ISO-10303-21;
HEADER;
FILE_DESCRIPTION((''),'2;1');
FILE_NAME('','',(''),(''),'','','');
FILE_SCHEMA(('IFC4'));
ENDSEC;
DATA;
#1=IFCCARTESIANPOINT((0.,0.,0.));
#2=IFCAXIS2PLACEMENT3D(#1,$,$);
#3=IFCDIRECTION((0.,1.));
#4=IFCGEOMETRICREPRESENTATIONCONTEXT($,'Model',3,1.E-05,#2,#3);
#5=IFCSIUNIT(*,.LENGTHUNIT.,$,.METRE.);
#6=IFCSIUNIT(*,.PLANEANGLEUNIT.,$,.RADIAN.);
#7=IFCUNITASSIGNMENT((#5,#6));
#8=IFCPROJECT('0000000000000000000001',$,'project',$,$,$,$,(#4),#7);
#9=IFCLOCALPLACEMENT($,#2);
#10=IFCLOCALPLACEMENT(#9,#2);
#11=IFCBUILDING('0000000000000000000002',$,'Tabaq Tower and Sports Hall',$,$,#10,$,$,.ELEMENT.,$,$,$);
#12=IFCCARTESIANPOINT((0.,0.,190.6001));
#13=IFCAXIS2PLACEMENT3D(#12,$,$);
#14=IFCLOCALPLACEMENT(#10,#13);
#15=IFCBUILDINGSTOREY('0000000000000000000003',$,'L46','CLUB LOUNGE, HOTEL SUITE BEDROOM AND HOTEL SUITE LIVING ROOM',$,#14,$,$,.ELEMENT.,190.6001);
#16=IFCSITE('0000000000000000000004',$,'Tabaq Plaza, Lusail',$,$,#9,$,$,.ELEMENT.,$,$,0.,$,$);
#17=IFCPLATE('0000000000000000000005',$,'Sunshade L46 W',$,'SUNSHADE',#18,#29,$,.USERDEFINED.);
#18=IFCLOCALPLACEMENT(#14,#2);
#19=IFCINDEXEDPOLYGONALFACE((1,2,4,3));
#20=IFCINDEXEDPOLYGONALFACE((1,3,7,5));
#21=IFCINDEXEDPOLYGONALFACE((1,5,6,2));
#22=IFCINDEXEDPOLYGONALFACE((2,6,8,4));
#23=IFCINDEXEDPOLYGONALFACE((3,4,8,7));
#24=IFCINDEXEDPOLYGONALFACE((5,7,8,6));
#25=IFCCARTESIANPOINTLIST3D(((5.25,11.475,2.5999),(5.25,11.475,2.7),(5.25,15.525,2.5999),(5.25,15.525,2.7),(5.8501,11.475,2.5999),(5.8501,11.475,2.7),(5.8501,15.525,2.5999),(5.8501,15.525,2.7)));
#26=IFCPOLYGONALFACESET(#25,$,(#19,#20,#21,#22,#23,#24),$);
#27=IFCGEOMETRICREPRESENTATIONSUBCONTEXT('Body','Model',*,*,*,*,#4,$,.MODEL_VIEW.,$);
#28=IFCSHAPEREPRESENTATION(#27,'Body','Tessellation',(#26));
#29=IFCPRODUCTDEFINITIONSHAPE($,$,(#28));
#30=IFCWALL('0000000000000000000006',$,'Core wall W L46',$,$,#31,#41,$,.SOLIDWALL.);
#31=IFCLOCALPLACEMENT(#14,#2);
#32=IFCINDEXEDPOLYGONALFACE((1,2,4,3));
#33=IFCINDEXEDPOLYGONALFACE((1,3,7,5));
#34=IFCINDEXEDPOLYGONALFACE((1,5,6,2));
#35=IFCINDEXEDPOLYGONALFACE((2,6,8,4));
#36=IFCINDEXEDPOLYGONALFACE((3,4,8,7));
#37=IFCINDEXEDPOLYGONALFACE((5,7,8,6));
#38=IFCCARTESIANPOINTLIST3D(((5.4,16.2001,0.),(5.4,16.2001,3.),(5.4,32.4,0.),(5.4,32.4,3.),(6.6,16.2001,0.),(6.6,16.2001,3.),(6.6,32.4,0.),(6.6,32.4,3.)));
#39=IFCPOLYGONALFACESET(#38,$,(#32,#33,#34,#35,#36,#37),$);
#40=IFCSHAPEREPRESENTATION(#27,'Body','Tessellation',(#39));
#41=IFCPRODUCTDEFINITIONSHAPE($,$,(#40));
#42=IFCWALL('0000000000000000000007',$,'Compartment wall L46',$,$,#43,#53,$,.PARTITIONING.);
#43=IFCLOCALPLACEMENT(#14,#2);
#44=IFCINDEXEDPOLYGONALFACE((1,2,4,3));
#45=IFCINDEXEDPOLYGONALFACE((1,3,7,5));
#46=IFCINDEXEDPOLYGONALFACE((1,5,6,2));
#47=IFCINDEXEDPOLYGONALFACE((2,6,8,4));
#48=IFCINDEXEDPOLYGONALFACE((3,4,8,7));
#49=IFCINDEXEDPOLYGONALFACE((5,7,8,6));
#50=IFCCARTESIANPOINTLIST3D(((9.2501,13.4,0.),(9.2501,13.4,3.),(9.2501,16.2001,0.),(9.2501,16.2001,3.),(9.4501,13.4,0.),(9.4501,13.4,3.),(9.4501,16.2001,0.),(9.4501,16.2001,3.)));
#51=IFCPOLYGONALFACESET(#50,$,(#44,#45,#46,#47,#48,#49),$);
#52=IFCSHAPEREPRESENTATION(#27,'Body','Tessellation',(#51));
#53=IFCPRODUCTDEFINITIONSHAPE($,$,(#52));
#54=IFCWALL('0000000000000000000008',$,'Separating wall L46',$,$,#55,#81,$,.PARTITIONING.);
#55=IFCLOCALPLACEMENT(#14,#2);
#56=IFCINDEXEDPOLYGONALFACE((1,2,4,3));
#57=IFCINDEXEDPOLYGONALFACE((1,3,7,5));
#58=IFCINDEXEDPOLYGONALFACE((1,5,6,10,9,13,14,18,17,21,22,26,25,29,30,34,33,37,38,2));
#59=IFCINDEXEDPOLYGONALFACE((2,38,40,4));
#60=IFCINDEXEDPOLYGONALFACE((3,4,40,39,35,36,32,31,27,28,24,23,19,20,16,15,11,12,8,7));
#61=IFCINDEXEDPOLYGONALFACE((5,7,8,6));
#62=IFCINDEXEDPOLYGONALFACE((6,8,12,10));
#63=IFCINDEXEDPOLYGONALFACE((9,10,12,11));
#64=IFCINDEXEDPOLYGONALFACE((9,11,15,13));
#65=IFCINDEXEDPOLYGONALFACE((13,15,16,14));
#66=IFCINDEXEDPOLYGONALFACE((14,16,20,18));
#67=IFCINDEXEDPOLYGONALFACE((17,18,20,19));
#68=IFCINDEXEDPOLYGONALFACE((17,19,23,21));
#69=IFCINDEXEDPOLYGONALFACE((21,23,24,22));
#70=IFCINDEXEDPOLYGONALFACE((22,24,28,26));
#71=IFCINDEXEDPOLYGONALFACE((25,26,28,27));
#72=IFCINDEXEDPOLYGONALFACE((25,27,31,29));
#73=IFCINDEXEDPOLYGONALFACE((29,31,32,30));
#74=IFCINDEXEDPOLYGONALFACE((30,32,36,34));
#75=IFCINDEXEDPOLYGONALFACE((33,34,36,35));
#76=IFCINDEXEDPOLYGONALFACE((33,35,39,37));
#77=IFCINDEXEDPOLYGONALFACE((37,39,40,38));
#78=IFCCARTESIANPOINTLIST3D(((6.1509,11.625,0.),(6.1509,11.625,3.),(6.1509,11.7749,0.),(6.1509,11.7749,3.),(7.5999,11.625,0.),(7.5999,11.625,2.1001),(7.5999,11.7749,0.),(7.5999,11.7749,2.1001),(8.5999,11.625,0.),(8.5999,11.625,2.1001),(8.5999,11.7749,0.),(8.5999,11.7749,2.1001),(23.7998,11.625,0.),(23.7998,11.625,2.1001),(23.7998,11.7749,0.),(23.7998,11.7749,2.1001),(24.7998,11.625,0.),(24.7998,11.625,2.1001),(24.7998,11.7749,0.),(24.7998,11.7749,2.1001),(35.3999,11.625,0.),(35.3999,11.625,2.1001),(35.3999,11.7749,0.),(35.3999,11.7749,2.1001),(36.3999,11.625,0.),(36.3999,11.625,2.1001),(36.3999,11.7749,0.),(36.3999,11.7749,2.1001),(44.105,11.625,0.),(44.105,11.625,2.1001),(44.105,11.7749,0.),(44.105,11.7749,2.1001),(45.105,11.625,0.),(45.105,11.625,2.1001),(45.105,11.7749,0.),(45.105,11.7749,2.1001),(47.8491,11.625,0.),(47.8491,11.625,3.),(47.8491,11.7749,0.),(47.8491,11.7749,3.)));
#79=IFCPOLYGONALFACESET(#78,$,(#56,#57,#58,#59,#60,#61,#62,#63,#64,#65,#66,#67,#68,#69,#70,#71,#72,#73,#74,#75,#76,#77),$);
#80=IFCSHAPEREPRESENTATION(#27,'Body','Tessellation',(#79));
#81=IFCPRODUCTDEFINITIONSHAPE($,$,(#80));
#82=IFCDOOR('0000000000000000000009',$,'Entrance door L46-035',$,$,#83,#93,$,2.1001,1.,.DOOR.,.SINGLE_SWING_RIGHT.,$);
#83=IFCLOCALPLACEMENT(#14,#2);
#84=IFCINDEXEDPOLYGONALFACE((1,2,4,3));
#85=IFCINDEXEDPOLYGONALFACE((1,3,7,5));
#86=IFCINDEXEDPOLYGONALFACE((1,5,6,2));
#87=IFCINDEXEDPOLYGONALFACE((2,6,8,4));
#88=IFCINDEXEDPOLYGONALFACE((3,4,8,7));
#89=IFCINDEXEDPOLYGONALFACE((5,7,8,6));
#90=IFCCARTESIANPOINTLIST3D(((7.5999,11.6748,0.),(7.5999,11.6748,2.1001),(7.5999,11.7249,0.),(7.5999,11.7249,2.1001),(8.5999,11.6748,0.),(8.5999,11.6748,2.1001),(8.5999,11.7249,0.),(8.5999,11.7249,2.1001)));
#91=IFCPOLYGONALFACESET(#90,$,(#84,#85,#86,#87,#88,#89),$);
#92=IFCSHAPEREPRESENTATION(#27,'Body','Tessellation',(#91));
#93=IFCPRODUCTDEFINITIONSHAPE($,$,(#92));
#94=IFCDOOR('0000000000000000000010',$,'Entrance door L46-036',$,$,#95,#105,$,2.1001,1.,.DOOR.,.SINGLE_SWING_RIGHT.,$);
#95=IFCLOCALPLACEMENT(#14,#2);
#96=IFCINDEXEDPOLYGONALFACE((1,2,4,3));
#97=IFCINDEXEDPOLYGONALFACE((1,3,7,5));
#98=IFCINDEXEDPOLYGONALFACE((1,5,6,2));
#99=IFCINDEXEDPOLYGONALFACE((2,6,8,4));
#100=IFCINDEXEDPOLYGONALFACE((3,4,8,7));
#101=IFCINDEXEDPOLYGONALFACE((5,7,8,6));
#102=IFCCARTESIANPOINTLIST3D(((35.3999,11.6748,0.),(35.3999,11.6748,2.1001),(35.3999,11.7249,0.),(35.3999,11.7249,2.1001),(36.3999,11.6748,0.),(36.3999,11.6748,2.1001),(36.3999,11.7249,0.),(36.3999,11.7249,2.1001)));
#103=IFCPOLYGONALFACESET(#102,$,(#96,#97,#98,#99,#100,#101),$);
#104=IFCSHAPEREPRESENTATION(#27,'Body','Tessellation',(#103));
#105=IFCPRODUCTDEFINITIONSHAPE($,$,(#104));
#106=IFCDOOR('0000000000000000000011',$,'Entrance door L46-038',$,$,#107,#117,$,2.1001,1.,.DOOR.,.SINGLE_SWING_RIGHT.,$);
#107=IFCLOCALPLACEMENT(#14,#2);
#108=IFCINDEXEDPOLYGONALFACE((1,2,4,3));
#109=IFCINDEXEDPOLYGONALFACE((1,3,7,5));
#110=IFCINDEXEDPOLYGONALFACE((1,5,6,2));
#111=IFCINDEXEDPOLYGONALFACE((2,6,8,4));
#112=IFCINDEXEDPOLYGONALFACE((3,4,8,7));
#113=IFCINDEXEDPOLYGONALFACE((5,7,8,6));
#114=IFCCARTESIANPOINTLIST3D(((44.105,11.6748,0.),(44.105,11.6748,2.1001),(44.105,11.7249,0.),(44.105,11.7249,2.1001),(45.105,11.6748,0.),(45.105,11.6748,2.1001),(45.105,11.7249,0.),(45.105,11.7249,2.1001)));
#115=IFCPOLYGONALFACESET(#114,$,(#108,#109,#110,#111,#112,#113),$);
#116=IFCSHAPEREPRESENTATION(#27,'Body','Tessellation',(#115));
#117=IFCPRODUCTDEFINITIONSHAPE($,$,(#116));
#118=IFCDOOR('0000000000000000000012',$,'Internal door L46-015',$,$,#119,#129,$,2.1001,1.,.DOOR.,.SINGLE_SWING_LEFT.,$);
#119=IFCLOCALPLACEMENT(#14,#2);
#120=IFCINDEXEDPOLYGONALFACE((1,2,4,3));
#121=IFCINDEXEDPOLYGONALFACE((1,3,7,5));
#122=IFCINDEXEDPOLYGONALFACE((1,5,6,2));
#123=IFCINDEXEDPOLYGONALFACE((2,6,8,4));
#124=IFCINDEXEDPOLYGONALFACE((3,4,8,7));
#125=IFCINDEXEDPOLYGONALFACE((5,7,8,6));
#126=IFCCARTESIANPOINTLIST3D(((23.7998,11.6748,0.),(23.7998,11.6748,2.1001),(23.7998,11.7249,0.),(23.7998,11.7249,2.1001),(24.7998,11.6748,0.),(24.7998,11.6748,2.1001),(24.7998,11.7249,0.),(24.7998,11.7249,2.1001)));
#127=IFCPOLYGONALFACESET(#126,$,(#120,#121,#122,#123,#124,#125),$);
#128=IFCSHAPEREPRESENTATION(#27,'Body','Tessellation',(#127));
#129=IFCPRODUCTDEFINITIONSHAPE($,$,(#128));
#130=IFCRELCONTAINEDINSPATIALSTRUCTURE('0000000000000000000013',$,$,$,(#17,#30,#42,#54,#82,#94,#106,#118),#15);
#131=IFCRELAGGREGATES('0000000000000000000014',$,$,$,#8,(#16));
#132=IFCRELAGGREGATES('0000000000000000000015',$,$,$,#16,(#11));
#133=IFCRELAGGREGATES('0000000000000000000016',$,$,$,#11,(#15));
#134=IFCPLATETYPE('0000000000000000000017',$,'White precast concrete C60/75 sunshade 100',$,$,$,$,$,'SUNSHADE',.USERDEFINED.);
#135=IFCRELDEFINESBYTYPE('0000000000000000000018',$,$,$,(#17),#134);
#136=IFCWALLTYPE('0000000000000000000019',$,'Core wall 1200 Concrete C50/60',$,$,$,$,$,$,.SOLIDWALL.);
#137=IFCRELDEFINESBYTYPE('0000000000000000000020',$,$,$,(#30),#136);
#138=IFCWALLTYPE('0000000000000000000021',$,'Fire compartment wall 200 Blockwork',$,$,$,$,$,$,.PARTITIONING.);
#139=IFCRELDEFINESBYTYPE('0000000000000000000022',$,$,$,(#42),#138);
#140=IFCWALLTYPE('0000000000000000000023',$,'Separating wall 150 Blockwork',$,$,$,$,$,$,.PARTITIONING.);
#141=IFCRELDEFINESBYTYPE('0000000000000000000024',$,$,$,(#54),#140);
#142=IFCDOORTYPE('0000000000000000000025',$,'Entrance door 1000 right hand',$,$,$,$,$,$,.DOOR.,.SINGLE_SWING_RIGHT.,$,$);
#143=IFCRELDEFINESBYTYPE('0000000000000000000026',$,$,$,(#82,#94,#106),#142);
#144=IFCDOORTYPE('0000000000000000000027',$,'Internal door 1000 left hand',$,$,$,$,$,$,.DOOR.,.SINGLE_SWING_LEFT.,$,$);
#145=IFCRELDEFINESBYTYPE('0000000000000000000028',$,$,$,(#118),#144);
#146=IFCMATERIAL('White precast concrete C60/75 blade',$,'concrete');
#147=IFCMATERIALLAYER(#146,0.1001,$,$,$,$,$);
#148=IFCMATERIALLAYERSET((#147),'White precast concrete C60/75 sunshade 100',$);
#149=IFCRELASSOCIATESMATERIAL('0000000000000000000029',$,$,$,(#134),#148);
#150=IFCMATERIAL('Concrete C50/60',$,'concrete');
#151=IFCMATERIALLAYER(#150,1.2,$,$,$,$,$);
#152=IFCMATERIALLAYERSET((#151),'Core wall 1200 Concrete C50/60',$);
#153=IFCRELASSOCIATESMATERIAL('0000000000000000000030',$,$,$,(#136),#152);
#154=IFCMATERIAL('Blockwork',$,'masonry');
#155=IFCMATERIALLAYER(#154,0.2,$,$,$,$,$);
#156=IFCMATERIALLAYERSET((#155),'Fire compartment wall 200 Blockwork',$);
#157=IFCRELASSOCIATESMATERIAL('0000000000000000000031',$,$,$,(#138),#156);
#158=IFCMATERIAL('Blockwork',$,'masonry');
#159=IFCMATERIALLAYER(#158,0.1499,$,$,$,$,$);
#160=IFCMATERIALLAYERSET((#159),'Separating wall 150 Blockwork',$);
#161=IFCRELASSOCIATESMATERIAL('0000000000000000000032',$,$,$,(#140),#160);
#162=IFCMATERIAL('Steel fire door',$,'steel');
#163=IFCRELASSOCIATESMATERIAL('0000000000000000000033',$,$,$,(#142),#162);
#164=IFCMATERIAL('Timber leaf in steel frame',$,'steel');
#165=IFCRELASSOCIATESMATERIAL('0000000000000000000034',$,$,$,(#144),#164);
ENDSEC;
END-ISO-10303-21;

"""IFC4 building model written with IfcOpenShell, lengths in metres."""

from ifc_helpers import new_model, si_unit, direction, frame, frame_2d, origin, origin_2d, place, context, subcontext, project, spatial, rectangle, extrude, material, layer, layer_set, type_object, element, fill, save


model = new_model("IFC4")

# Units and contexts
model_context = context("Model", 3, precision=1e-05, world=origin(), true_north=direction((0.0, 1.0)))
body_context = subcontext(model_context, "Body", "Model", "MODEL_VIEW")
ifc_project = project(units=[si_unit("LENGTHUNIT", "METRE"), si_unit("PLANEANGLEUNIT", "RADIAN")], contexts=[model_context])

# Site, building, storey
site_placement = place(None, origin())
site = spatial("IfcSite", under=ifc_project, at=site_placement, Name="Tabaq Plaza, Lusail", CompositionType="ELEMENT", RefElevation=0.0)
building_placement = place(site_placement, origin())
building = spatial("IfcBuilding", under=site, at=building_placement, Name="Tabaq Tower and Sports Hall", CompositionType="ELEMENT")
storey_placement = place(building_placement, frame((0.0, 0.0, 190.6001)))
storey = spatial("IfcBuildingStorey", under=building, at=storey_placement, Name="L46", Description="CLUB LOUNGE, HOTEL SUITE BEDROOM AND HOTEL SUITE LIVING ROOM", CompositionType="ELEMENT", Elevation=190.6001)

# Plate
ifc_material_1 = material(Name="White precast concrete C60/75 blade", Category="concrete")
ifc_layer_1 = layer(ifc_material_1, 0.1001)
ifc_layer_set_1 = layer_set([ifc_layer_1], Name="White precast concrete C60/75 sunshade 100")
plate_type = type_object("IfcPlateType", Name="White precast concrete C60/75 sunshade 100", ElementType="SUNSHADE", PredefinedType="USERDEFINED", material=ifc_layer_set_1)
plate_placement = place(storey_placement, frame((5.55, 13.5, 2.5999), z_axis=(0.0, 0.0, 1.0), x_axis=(0.0, -1.0, 0.0)))
element("IfcPlate", 1, at=plate_placement, inside=storey, type_object=plate_type, Name="Sunshade L46 W", ObjectType="SUNSHADE", PredefinedType="USERDEFINED", context=body_context, shape_type="SweptSolid", body=[
    extrude(rectangle(XDim=4.05, YDim=0.6001, at=origin_2d()), origin(), (0.0, 0.0, 1.0), 0.1001),
])

# Walls
ifc_material_2 = material(Name="Concrete C50/60", Category="concrete")
ifc_layer_2 = layer(ifc_material_2, 1.2)
ifc_layer_set_2 = layer_set([ifc_layer_2], Name="Core wall 1200 Concrete C50/60")
wall_type_1 = type_object("IfcWallType", Name="Core wall 1200 Concrete C50/60", PredefinedType="SOLIDWALL", material=ifc_layer_set_2)
wall_1_placement = place(storey_placement, frame((6.0, 16.2, 0.0), z_axis=(0.0, 0.0, 1.0), x_axis=(0.0, 1.0, 0.0)))
element("IfcWall", 2, at=wall_1_placement, inside=storey, type_object=wall_type_1, Name="Core wall W L46", PredefinedType="SOLIDWALL", context=body_context, shape_type="SweptSolid", body=[
    extrude(rectangle(XDim=16.2, YDim=1.2, at=frame_2d((8.1001, 0.0))), origin(), (0.0, 0.0, 1.0), 3.0),
])
ifc_material_3 = material(Name="Blockwork", Category="masonry")
ifc_layer_3 = layer(ifc_material_3, 0.2)
ifc_layer_set_3 = layer_set([ifc_layer_3], Name="Fire compartment wall 200 Blockwork")
wall_type_2 = type_object("IfcWallType", Name="Fire compartment wall 200 Blockwork", PredefinedType="PARTITIONING", material=ifc_layer_set_3)
wall_2_placement = place(storey_placement, frame((9.3501, 16.2, 0.0), z_axis=(0.0, 0.0, 1.0), x_axis=(0.0, -1.0, 0.0)))
element("IfcWall", 3, at=wall_2_placement, inside=storey, type_object=wall_type_2, Name="Compartment wall L46", PredefinedType="PARTITIONING", context=body_context, shape_type="SweptSolid", body=[
    extrude(rectangle(XDim=2.8, YDim=0.2, at=frame_2d((1.3999, 0.0))), origin(), (0.0, 0.0, 1.0), 3.0),
])

# Wall, openings, doors
ifc_material_4 = material(Name="Blockwork", Category="masonry")
ifc_layer_4 = layer(ifc_material_4, 0.1499)
ifc_layer_set_4 = layer_set([ifc_layer_4], Name="Separating wall 150 Blockwork")
wall_type_3 = type_object("IfcWallType", Name="Separating wall 150 Blockwork", PredefinedType="PARTITIONING", material=ifc_layer_set_4)
wall_3_placement = place(storey_placement, frame((6.1509, 11.7, 0.0), z_axis=(0.0, 0.0, 1.0), x_axis=(1.0, 0.0, 0.0)))
wall_3 = element("IfcWall", 4, at=wall_3_placement, inside=storey, type_object=wall_type_3, Name="Separating wall L46", PredefinedType="PARTITIONING", context=body_context, shape_type="SweptSolid", body=[
    extrude(rectangle(XDim=41.6982, YDim=0.1499, at=frame_2d((20.8491, 0.0))), origin(), (0.0, 0.0, 1.0), 3.0),
])
opening_1_placement = place(wall_3_placement, frame((17.6489, 0.0, 0.0)))
opening_1 = element("IfcOpeningElement", 5, at=opening_1_placement, cuts=wall_3, PredefinedType="OPENING", context=body_context, shape_type="SweptSolid", body=[
    extrude(rectangle(XDim=1.0, YDim=2.1001, at=frame_2d((0.5, 1.05))), frame((0.0, 0.075, 0.0), z_axis=(0.0, -1.0, 0.0), x_axis=(1.0, 0.0, 0.0)), (0.0, 0.0, 1.0), 0.1499),
])
opening_2_placement = place(wall_3_placement, frame((1.449, 0.0, 0.0)))
opening_2 = element("IfcOpeningElement", 6, at=opening_2_placement, cuts=wall_3, PredefinedType="OPENING", context=body_context, shape_type="SweptSolid", body=[
    extrude(rectangle(XDim=1.0, YDim=2.1001, at=frame_2d((0.5, 1.05))), frame((0.0, 0.075, 0.0), z_axis=(0.0, -1.0, 0.0), x_axis=(1.0, 0.0, 0.0)), (0.0, 0.0, 1.0), 0.1499),
])
opening_3_placement = place(wall_3_placement, frame((29.249, 0.0, 0.0)))
opening_3 = element("IfcOpeningElement", 7, at=opening_3_placement, cuts=wall_3, PredefinedType="OPENING", context=body_context, shape_type="SweptSolid", body=[
    extrude(rectangle(XDim=1.0, YDim=2.1001, at=frame_2d((0.5, 1.05))), frame((0.0, 0.075, 0.0), z_axis=(0.0, -1.0, 0.0), x_axis=(1.0, 0.0, 0.0)), (0.0, 0.0, 1.0), 0.1499),
])
opening_4_placement = place(wall_3_placement, frame((37.9541, 0.0, 0.0)))
opening_4 = element("IfcOpeningElement", 8, at=opening_4_placement, cuts=wall_3, PredefinedType="OPENING", context=body_context, shape_type="SweptSolid", body=[
    extrude(rectangle(XDim=1.0, YDim=2.1001, at=frame_2d((0.5, 1.05))), frame((0.0, 0.075, 0.0), z_axis=(0.0, -1.0, 0.0), x_axis=(1.0, 0.0, 0.0)), (0.0, 0.0, 1.0), 0.1499),
])
ifc_material_5 = material(Name="Steel fire door", Category="steel")
door_type_1 = type_object("IfcDoorType", Name="Entrance door 1000 right hand", OperationType="SINGLE_SWING_RIGHT", PredefinedType="DOOR", material=ifc_material_5)
door_1_placement = place(opening_2_placement, origin())
door_1 = element("IfcDoor", 9, at=door_1_placement, inside=storey, type_object=door_type_1, Name="Entrance door L46-035", OperationType="SINGLE_SWING_RIGHT", OverallHeight=2.1001, OverallWidth=1.0, PredefinedType="DOOR", context=body_context, shape_type="SweptSolid", body=[
    extrude(rectangle(XDim=1.0, YDim=2.1001, at=frame_2d((0.5, 1.05))), frame((0.0, 0.0249, 0.0), z_axis=(0.0, -1.0, 0.0), x_axis=(1.0, 0.0, 0.0)), (0.0, 0.0, 1.0), 0.05),
])
fill(opening_2, door_1)
door_2_placement = place(opening_3_placement, origin())
door_2 = element("IfcDoor", 10, at=door_2_placement, inside=storey, type_object=door_type_1, Name="Entrance door L46-036", OperationType="SINGLE_SWING_RIGHT", OverallHeight=2.1001, OverallWidth=1.0, PredefinedType="DOOR", context=body_context, shape_type="SweptSolid", body=[
    extrude(rectangle(XDim=1.0, YDim=2.1001, at=frame_2d((0.5, 1.05))), frame((0.0, 0.0249, 0.0), z_axis=(0.0, -1.0, 0.0), x_axis=(1.0, 0.0, 0.0)), (0.0, 0.0, 1.0), 0.05),
])
fill(opening_3, door_2)
door_3_placement = place(opening_4_placement, origin())
door_3 = element("IfcDoor", 11, at=door_3_placement, inside=storey, type_object=door_type_1, Name="Entrance door L46-038", OperationType="SINGLE_SWING_RIGHT", OverallHeight=2.1001, OverallWidth=1.0, PredefinedType="DOOR", context=body_context, shape_type="SweptSolid", body=[
    extrude(rectangle(XDim=1.0, YDim=2.1001, at=frame_2d((0.5, 1.05))), frame((0.0, 0.0249, 0.0), z_axis=(0.0, -1.0, 0.0), x_axis=(1.0, 0.0, 0.0)), (0.0, 0.0, 1.0), 0.05),
])
fill(opening_4, door_3)
ifc_material_6 = material(Name="Timber leaf in steel frame", Category="steel")
door_type_2 = type_object("IfcDoorType", Name="Internal door 1000 left hand", OperationType="SINGLE_SWING_LEFT", PredefinedType="DOOR", material=ifc_material_6)
door_4_placement = place(opening_1_placement, origin())
door_4 = element("IfcDoor", 12, at=door_4_placement, inside=storey, type_object=door_type_2, Name="Internal door L46-015", OperationType="SINGLE_SWING_LEFT", OverallHeight=2.1001, OverallWidth=1.0, PredefinedType="DOOR", context=body_context, shape_type="SweptSolid", body=[
    extrude(rectangle(XDim=1.0, YDim=2.1001, at=frame_2d((0.5, 1.05))), frame((0.0, 0.0249, 0.0), z_axis=(0.0, -1.0, 0.0), x_axis=(1.0, 0.0, 0.0)), (0.0, 0.0, 1.0), 0.05),
])
fill(opening_1, door_4)

save(model, "model.ifc")
